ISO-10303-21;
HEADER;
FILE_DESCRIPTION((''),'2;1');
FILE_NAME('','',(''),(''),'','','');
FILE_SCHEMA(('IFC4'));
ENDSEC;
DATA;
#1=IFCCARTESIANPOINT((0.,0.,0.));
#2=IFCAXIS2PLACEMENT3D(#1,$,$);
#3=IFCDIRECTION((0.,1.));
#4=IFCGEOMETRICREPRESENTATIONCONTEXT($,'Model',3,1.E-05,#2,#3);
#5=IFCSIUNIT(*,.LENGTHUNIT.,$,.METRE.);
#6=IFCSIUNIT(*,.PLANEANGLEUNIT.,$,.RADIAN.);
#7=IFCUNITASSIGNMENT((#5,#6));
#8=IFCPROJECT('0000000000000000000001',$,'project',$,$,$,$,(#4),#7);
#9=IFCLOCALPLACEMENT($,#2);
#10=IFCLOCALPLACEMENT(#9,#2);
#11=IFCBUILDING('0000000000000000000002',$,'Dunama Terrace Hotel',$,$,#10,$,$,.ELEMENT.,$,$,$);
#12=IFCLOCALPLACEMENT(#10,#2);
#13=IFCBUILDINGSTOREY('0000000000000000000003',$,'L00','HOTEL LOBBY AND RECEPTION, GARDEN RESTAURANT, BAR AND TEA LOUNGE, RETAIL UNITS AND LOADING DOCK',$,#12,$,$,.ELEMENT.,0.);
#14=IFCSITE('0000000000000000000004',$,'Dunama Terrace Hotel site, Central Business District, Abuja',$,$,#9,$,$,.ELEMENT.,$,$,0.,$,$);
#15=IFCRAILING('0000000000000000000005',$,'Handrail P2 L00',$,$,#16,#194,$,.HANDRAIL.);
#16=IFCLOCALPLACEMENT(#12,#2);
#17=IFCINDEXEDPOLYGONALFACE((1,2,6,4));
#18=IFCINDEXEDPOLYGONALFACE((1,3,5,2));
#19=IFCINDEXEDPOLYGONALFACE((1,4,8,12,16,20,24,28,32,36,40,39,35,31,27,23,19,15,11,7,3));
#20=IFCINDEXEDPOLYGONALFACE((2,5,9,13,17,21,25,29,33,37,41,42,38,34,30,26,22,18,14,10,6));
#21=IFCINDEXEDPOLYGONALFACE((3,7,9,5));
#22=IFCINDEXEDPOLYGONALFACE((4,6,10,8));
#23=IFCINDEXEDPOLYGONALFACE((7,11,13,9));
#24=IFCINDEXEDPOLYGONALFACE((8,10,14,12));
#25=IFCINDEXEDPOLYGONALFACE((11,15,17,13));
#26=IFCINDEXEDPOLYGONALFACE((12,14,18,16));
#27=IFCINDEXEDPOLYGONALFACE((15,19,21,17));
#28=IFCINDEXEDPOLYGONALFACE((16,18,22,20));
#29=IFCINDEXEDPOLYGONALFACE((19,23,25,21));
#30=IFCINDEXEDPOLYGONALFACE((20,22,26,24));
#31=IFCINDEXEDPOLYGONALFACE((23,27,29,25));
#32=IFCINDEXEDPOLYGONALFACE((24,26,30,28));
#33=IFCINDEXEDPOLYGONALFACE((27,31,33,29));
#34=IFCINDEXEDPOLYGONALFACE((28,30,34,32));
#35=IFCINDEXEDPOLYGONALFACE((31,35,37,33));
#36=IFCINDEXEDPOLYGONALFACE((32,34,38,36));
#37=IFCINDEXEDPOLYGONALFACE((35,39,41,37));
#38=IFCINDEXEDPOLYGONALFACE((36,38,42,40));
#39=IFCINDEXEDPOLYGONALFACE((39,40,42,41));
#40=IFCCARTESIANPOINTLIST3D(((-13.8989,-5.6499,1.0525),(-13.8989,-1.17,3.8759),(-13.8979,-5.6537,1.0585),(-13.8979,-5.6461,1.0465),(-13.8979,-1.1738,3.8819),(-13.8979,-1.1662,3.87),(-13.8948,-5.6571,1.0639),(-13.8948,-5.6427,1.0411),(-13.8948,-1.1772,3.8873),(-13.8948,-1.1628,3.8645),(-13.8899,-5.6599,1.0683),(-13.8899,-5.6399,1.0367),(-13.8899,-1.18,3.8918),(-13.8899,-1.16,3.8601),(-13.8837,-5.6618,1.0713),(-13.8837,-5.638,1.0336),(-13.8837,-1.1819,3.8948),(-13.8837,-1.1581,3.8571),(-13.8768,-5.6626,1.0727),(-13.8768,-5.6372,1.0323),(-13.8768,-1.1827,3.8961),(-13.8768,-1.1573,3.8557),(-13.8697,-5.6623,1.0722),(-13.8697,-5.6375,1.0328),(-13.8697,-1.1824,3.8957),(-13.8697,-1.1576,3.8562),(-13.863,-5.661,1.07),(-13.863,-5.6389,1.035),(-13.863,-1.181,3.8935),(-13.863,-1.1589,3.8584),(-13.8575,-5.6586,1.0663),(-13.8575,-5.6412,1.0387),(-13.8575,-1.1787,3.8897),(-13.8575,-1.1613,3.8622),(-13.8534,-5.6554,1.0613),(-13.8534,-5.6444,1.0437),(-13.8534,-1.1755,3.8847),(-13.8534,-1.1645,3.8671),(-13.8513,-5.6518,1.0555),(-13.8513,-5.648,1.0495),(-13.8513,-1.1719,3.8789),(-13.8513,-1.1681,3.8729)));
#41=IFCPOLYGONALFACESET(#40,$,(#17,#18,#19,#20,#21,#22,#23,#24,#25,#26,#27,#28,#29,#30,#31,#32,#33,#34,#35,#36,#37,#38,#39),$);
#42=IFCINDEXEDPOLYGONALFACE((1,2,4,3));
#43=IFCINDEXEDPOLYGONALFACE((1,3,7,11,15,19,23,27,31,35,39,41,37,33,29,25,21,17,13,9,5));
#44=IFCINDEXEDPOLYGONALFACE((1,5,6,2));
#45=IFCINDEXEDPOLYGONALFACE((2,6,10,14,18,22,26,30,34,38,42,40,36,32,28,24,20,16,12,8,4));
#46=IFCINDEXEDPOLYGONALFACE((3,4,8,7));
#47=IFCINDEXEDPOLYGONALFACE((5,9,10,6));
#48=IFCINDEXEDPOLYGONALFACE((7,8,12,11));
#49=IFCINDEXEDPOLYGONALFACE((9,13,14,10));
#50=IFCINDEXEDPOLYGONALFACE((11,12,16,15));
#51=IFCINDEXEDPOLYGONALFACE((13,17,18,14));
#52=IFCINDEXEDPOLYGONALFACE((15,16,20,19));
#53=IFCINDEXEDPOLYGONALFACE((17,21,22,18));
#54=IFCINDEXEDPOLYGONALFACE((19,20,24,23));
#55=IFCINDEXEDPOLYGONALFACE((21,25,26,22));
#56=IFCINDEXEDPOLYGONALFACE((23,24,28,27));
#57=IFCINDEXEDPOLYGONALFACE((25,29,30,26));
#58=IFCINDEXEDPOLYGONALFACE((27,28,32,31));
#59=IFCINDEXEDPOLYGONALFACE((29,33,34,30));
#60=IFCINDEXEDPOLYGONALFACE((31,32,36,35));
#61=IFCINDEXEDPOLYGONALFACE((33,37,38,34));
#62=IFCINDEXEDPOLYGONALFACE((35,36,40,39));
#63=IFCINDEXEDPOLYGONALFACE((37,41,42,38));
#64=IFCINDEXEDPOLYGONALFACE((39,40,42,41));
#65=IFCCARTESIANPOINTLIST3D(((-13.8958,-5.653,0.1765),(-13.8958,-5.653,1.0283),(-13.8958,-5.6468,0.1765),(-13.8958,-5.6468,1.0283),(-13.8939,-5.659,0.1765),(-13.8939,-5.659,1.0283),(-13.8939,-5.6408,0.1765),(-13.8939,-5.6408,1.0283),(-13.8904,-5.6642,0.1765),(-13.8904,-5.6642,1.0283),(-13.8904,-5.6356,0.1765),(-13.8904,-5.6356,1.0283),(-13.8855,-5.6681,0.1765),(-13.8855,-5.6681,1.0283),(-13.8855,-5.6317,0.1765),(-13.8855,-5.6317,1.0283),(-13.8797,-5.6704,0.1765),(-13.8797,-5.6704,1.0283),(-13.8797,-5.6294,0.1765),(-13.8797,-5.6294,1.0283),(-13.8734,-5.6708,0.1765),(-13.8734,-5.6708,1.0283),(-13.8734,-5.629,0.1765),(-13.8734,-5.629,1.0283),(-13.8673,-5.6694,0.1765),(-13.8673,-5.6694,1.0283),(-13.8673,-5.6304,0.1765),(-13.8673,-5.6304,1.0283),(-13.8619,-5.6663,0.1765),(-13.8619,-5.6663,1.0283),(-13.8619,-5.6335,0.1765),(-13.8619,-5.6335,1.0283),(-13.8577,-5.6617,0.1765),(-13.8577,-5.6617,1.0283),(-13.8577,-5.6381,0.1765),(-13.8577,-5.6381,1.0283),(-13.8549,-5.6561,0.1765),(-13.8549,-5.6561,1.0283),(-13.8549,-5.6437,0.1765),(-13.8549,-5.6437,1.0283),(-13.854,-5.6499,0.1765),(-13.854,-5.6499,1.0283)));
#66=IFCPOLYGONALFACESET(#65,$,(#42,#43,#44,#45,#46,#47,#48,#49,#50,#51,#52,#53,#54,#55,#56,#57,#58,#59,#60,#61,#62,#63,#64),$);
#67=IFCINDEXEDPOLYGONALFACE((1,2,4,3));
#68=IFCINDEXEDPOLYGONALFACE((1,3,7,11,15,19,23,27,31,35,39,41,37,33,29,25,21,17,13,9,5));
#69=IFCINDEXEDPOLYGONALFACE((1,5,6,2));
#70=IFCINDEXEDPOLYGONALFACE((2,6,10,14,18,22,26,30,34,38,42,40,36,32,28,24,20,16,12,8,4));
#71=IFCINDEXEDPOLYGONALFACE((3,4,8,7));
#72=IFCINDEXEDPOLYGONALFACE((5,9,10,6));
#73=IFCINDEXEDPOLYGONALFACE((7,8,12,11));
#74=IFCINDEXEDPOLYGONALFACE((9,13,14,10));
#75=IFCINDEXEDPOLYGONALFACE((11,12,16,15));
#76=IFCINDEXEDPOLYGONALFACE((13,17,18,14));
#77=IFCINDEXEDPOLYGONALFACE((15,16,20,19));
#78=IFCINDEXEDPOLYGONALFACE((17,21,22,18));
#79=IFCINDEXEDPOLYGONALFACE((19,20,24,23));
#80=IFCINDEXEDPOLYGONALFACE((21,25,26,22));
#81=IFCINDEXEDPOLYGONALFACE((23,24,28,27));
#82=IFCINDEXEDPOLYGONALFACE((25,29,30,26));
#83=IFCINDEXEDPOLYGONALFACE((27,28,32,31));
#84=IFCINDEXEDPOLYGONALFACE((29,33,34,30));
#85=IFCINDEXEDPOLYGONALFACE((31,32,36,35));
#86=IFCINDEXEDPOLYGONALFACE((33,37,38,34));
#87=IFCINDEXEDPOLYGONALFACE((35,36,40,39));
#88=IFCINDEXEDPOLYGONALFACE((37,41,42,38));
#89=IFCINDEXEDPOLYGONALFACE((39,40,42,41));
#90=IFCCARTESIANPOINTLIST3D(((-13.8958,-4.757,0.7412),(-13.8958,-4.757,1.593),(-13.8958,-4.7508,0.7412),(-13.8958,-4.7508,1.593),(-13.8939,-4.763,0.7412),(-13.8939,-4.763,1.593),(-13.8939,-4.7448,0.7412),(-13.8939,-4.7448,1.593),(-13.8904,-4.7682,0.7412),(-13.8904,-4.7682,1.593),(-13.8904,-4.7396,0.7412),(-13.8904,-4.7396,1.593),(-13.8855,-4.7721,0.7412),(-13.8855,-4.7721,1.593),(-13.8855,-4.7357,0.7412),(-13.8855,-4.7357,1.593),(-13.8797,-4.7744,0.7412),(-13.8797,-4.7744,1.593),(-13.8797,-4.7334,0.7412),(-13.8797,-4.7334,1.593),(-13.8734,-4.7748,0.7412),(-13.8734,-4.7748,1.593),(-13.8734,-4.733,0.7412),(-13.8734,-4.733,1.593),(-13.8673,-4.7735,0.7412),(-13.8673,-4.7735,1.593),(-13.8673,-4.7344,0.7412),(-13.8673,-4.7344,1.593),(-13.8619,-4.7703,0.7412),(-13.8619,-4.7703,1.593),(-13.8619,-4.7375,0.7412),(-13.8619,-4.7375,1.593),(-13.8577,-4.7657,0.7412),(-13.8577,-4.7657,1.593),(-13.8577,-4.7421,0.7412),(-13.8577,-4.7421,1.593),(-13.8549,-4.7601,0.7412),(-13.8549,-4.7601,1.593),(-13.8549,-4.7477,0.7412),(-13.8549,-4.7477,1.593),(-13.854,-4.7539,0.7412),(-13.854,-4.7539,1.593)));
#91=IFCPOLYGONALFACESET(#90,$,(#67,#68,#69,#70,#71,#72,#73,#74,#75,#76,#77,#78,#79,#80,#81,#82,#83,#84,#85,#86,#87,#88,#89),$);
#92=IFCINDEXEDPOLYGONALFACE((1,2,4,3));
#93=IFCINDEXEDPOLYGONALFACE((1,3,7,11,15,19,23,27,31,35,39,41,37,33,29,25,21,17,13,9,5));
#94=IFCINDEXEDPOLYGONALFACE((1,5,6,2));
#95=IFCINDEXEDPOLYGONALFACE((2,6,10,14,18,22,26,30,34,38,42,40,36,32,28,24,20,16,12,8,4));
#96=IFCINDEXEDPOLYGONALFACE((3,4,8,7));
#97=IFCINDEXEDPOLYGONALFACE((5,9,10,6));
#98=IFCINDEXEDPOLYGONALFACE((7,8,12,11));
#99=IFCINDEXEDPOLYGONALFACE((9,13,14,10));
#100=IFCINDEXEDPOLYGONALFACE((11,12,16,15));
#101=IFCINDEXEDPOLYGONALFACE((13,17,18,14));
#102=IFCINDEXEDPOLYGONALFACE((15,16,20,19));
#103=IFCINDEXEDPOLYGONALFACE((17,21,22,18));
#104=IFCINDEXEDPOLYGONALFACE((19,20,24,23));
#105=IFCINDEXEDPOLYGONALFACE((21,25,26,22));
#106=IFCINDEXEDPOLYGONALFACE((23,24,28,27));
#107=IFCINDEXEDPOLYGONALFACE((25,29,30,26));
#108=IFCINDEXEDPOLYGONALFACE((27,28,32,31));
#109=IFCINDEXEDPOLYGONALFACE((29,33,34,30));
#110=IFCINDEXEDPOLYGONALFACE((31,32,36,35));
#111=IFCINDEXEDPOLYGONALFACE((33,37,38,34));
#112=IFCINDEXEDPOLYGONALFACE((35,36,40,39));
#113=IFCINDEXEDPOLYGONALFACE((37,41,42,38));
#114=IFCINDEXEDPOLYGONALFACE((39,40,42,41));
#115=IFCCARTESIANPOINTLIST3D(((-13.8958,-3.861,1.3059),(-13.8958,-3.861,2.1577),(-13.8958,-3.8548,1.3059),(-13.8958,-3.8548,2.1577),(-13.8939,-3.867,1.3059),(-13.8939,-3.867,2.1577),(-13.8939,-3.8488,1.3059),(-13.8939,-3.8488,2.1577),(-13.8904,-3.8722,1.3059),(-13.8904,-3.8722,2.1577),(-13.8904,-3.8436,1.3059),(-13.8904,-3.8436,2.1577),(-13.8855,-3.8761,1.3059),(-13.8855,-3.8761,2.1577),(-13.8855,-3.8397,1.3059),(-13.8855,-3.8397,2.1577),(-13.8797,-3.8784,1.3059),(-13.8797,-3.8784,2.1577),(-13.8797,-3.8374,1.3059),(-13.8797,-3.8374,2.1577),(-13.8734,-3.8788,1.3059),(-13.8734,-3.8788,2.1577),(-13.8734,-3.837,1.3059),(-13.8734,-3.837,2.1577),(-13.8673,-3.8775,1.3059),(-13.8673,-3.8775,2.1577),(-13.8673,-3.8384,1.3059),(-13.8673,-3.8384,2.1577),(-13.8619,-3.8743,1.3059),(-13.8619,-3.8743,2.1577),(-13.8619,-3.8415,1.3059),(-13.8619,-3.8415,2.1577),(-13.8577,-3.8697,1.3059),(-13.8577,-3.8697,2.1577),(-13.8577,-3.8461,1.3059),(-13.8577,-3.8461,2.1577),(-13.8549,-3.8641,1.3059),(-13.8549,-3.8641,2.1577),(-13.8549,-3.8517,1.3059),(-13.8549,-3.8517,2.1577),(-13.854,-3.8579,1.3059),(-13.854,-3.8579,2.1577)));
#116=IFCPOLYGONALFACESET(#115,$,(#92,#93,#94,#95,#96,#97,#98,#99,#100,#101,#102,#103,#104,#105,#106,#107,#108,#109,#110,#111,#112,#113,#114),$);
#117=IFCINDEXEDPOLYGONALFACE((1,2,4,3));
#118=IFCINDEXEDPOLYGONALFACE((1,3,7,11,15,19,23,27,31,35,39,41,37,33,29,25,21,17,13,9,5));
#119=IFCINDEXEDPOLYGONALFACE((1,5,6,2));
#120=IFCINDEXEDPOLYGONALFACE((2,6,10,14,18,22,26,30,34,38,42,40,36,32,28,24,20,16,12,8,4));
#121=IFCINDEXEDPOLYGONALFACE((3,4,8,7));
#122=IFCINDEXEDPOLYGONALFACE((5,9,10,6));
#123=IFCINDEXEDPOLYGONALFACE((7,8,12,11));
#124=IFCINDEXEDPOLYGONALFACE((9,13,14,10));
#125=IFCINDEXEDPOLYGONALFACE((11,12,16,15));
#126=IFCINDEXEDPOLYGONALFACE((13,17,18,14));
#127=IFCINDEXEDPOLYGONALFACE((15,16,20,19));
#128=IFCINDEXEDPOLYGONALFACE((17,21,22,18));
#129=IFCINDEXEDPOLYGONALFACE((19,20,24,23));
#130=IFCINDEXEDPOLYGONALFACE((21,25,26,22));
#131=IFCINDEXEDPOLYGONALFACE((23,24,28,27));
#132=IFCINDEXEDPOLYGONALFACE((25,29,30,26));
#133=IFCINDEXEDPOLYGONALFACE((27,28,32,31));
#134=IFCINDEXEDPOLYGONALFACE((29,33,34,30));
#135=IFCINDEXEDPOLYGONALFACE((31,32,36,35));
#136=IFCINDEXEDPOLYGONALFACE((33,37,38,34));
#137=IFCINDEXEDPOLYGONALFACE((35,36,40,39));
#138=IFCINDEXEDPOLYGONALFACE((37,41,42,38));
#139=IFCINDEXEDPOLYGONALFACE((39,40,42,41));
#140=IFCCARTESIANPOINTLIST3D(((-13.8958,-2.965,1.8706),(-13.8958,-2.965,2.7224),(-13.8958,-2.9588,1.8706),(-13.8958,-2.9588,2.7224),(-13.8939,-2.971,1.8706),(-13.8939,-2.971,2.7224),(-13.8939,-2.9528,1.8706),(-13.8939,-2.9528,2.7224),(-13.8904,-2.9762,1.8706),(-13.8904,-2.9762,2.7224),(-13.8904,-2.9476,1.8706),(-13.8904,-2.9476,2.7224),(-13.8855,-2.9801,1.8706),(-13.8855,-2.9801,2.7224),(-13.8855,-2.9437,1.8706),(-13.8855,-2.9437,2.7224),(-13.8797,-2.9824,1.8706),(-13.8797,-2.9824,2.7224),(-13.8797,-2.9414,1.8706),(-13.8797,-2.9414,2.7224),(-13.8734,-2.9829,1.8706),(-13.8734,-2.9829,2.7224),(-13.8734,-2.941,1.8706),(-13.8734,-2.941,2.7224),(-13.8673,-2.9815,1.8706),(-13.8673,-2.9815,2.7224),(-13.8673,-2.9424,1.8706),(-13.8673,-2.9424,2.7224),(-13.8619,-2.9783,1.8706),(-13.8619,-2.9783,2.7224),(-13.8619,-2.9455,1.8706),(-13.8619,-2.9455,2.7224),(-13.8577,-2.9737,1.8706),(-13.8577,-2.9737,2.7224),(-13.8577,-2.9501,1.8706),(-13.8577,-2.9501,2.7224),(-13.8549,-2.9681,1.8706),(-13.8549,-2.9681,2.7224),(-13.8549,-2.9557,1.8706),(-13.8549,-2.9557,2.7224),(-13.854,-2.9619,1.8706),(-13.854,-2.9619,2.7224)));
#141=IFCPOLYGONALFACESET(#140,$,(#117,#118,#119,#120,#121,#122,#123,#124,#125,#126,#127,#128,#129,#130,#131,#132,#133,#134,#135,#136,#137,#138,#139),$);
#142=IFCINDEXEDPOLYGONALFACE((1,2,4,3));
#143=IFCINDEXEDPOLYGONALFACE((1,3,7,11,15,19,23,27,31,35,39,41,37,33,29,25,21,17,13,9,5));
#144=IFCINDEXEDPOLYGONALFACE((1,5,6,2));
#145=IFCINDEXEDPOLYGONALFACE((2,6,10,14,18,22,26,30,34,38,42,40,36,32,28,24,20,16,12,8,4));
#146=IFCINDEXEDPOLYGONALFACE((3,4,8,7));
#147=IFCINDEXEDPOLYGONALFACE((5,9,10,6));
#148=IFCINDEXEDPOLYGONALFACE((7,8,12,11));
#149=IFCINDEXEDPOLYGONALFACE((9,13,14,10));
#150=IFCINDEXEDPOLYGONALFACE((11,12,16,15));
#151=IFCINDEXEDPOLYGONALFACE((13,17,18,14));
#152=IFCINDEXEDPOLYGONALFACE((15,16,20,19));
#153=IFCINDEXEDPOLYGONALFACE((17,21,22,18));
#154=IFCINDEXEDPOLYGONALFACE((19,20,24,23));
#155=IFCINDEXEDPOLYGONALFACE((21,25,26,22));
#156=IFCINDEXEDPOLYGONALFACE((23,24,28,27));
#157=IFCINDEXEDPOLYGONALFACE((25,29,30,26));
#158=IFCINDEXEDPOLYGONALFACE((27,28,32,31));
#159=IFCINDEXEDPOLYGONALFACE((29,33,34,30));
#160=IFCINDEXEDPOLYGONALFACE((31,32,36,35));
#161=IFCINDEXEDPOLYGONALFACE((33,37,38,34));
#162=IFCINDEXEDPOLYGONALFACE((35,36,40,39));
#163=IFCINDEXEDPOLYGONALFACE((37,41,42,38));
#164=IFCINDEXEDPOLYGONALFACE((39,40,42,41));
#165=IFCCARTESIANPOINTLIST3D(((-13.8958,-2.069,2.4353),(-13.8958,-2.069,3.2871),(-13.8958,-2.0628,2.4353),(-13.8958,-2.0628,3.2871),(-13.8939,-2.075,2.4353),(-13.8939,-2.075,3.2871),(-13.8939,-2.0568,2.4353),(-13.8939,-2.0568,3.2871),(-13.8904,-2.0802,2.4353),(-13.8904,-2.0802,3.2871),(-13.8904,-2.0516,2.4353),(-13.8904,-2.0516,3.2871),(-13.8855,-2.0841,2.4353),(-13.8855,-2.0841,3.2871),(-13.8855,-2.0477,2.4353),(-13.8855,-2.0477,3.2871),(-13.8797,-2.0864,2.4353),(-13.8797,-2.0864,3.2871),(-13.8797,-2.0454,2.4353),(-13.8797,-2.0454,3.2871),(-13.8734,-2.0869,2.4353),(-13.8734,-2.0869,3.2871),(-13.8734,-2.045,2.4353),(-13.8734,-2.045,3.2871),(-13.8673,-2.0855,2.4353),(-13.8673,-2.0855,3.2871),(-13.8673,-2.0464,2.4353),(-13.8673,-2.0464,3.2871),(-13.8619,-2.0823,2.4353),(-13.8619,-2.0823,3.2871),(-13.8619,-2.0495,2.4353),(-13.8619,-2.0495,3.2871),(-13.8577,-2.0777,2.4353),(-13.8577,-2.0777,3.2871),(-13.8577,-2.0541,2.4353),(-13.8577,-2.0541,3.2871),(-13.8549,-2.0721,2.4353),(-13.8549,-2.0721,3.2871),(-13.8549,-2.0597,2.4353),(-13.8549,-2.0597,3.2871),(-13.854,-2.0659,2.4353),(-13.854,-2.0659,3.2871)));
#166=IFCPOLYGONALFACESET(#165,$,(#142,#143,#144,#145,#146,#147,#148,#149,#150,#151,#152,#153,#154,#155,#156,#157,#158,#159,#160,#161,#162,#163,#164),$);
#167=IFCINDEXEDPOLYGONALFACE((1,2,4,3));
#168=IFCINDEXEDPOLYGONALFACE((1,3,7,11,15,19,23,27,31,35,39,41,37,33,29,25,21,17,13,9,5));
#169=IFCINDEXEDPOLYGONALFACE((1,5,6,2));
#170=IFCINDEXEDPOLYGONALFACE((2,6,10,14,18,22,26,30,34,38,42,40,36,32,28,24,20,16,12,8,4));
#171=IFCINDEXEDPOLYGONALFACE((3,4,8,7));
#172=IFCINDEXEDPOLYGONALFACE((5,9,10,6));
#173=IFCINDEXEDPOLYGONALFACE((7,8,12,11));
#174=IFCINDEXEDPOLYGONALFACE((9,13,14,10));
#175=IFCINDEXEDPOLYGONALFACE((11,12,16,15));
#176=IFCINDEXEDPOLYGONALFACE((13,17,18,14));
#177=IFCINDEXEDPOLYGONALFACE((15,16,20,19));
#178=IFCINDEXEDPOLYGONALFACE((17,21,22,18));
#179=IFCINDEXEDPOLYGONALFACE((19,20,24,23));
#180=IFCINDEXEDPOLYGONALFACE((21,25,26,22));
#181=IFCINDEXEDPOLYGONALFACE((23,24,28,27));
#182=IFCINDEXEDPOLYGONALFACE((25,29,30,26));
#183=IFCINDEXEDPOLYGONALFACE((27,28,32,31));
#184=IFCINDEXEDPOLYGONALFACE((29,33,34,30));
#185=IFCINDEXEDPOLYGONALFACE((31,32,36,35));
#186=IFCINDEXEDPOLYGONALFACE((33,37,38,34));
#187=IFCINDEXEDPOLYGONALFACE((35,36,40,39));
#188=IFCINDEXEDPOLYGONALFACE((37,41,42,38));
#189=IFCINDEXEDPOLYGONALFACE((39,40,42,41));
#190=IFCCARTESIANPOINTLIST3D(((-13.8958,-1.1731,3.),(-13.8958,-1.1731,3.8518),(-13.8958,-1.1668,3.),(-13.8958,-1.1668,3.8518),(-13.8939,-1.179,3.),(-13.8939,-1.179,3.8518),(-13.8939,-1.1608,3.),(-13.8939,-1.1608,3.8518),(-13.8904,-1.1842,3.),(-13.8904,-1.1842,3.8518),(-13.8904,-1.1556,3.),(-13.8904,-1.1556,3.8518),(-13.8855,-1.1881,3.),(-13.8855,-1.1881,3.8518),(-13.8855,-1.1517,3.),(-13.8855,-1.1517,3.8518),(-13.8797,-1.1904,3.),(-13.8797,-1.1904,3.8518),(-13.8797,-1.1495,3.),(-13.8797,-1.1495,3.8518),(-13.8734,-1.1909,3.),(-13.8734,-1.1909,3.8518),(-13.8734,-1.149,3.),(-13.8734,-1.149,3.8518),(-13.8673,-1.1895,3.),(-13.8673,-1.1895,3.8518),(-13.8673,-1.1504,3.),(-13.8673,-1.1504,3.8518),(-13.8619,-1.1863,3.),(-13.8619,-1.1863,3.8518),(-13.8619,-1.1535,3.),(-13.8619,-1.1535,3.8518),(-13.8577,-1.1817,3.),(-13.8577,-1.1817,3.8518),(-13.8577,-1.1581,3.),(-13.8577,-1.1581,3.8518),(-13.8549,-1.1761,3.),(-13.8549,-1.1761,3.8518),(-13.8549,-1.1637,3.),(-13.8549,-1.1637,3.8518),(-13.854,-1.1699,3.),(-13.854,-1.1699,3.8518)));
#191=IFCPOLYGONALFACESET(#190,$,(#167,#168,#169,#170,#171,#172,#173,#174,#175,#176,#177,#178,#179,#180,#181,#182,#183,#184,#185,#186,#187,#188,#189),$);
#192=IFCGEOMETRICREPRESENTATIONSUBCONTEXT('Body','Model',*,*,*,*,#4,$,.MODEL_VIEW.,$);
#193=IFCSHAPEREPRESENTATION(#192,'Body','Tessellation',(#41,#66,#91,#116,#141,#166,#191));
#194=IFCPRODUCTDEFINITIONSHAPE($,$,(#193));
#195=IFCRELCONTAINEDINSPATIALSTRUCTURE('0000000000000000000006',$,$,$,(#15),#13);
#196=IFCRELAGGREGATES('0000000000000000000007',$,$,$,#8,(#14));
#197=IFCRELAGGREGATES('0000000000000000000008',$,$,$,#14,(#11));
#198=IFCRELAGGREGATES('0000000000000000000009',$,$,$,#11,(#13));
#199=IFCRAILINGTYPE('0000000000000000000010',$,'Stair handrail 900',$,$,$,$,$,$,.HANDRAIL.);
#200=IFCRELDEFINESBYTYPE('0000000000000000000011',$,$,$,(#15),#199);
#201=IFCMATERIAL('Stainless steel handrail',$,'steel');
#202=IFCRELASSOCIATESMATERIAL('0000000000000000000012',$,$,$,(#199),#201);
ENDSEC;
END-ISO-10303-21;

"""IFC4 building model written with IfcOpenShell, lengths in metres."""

from ifc_helpers import new_model, si_unit, direction, frame, origin, origin_2d, place, context, subcontext, project, spatial, circle, extrude, material, type_object, element, save


model = new_model("IFC4")

# Units and contexts
model_context = context("Model", 3, precision=1e-05, world=origin(), true_north=direction((0.0, 1.0)))
body_context = subcontext(model_context, "Body", "Model", "MODEL_VIEW")
ifc_project = project(units=[si_unit("LENGTHUNIT", "METRE"), si_unit("PLANEANGLEUNIT", "RADIAN")], contexts=[model_context])

# Site, building, storey
site_placement = place(None, origin())
site = spatial("IfcSite", under=ifc_project, at=site_placement, Name="Dunama Terrace Hotel site, Central Business District, Abuja", CompositionType="ELEMENT", RefElevation=0.0)
building_placement = place(site_placement, origin())
building = spatial("IfcBuilding", under=site, at=building_placement, Name="Dunama Terrace Hotel", CompositionType="ELEMENT")
storey_placement = place(building_placement, origin())
storey = spatial("IfcBuildingStorey", under=building, at=storey_placement, Name="L00", Description="HOTEL LOBBY AND RECEPTION, GARDEN RESTAURANT, BAR AND TEA LOUNGE, RETAIL UNITS AND LOADING DOCK", CompositionType="ELEMENT", Elevation=0.0)

# Railing
ifc_material_1 = material(Name="Stainless steel handrail", Category="steel")
railing_type = type_object("IfcRailingType", Name="Stair handrail 900", PredefinedType="HANDRAIL", material=ifc_material_1)
railing_1_placement = place(storey_placement, frame((-13.875, -5.6499, 0.1765)))
element("IfcRailing", 1, at=railing_1_placement, inside=storey, type_object=railing_type, Name="Handrail P2 L00", PredefinedType="HANDRAIL", context=body_context, shape_type="SweptSolid", body=[
    extrude(circle(Radius=0.0239, at=origin_2d()), frame((0.0, 0.0, 0.876), z_axis=(0.0, 0.845998, 0.533186), x_axis=(-1.0, 0.0, 0.0)), (0.0, 0.0, 1.0), 5.2954),
    extrude(circle(Radius=0.021, at=origin_2d()), origin(), (0.0, 0.0, 1.0), 0.8518),
    extrude(circle(Radius=0.021, at=origin_2d()), frame((0.0, 0.896, 0.5647)), (0.0, 0.0, 1.0), 0.8518),
    extrude(circle(Radius=0.021, at=origin_2d()), frame((0.0, 1.792, 1.1294)), (0.0, 0.0, 1.0), 0.8518),
    extrude(circle(Radius=0.021, at=origin_2d()), frame((0.0, 2.688, 1.6941)), (0.0, 0.0, 1.0), 0.8518),
    extrude(circle(Radius=0.021, at=origin_2d()), frame((0.0, 3.584, 2.2588)), (0.0, 0.0, 1.0), 0.8518),
    extrude(circle(Radius=0.021, at=origin_2d()), frame((0.0, 4.48, 2.8235)), (0.0, 0.0, 1.0), 0.8518),
])

save(model, "model.ifc")
